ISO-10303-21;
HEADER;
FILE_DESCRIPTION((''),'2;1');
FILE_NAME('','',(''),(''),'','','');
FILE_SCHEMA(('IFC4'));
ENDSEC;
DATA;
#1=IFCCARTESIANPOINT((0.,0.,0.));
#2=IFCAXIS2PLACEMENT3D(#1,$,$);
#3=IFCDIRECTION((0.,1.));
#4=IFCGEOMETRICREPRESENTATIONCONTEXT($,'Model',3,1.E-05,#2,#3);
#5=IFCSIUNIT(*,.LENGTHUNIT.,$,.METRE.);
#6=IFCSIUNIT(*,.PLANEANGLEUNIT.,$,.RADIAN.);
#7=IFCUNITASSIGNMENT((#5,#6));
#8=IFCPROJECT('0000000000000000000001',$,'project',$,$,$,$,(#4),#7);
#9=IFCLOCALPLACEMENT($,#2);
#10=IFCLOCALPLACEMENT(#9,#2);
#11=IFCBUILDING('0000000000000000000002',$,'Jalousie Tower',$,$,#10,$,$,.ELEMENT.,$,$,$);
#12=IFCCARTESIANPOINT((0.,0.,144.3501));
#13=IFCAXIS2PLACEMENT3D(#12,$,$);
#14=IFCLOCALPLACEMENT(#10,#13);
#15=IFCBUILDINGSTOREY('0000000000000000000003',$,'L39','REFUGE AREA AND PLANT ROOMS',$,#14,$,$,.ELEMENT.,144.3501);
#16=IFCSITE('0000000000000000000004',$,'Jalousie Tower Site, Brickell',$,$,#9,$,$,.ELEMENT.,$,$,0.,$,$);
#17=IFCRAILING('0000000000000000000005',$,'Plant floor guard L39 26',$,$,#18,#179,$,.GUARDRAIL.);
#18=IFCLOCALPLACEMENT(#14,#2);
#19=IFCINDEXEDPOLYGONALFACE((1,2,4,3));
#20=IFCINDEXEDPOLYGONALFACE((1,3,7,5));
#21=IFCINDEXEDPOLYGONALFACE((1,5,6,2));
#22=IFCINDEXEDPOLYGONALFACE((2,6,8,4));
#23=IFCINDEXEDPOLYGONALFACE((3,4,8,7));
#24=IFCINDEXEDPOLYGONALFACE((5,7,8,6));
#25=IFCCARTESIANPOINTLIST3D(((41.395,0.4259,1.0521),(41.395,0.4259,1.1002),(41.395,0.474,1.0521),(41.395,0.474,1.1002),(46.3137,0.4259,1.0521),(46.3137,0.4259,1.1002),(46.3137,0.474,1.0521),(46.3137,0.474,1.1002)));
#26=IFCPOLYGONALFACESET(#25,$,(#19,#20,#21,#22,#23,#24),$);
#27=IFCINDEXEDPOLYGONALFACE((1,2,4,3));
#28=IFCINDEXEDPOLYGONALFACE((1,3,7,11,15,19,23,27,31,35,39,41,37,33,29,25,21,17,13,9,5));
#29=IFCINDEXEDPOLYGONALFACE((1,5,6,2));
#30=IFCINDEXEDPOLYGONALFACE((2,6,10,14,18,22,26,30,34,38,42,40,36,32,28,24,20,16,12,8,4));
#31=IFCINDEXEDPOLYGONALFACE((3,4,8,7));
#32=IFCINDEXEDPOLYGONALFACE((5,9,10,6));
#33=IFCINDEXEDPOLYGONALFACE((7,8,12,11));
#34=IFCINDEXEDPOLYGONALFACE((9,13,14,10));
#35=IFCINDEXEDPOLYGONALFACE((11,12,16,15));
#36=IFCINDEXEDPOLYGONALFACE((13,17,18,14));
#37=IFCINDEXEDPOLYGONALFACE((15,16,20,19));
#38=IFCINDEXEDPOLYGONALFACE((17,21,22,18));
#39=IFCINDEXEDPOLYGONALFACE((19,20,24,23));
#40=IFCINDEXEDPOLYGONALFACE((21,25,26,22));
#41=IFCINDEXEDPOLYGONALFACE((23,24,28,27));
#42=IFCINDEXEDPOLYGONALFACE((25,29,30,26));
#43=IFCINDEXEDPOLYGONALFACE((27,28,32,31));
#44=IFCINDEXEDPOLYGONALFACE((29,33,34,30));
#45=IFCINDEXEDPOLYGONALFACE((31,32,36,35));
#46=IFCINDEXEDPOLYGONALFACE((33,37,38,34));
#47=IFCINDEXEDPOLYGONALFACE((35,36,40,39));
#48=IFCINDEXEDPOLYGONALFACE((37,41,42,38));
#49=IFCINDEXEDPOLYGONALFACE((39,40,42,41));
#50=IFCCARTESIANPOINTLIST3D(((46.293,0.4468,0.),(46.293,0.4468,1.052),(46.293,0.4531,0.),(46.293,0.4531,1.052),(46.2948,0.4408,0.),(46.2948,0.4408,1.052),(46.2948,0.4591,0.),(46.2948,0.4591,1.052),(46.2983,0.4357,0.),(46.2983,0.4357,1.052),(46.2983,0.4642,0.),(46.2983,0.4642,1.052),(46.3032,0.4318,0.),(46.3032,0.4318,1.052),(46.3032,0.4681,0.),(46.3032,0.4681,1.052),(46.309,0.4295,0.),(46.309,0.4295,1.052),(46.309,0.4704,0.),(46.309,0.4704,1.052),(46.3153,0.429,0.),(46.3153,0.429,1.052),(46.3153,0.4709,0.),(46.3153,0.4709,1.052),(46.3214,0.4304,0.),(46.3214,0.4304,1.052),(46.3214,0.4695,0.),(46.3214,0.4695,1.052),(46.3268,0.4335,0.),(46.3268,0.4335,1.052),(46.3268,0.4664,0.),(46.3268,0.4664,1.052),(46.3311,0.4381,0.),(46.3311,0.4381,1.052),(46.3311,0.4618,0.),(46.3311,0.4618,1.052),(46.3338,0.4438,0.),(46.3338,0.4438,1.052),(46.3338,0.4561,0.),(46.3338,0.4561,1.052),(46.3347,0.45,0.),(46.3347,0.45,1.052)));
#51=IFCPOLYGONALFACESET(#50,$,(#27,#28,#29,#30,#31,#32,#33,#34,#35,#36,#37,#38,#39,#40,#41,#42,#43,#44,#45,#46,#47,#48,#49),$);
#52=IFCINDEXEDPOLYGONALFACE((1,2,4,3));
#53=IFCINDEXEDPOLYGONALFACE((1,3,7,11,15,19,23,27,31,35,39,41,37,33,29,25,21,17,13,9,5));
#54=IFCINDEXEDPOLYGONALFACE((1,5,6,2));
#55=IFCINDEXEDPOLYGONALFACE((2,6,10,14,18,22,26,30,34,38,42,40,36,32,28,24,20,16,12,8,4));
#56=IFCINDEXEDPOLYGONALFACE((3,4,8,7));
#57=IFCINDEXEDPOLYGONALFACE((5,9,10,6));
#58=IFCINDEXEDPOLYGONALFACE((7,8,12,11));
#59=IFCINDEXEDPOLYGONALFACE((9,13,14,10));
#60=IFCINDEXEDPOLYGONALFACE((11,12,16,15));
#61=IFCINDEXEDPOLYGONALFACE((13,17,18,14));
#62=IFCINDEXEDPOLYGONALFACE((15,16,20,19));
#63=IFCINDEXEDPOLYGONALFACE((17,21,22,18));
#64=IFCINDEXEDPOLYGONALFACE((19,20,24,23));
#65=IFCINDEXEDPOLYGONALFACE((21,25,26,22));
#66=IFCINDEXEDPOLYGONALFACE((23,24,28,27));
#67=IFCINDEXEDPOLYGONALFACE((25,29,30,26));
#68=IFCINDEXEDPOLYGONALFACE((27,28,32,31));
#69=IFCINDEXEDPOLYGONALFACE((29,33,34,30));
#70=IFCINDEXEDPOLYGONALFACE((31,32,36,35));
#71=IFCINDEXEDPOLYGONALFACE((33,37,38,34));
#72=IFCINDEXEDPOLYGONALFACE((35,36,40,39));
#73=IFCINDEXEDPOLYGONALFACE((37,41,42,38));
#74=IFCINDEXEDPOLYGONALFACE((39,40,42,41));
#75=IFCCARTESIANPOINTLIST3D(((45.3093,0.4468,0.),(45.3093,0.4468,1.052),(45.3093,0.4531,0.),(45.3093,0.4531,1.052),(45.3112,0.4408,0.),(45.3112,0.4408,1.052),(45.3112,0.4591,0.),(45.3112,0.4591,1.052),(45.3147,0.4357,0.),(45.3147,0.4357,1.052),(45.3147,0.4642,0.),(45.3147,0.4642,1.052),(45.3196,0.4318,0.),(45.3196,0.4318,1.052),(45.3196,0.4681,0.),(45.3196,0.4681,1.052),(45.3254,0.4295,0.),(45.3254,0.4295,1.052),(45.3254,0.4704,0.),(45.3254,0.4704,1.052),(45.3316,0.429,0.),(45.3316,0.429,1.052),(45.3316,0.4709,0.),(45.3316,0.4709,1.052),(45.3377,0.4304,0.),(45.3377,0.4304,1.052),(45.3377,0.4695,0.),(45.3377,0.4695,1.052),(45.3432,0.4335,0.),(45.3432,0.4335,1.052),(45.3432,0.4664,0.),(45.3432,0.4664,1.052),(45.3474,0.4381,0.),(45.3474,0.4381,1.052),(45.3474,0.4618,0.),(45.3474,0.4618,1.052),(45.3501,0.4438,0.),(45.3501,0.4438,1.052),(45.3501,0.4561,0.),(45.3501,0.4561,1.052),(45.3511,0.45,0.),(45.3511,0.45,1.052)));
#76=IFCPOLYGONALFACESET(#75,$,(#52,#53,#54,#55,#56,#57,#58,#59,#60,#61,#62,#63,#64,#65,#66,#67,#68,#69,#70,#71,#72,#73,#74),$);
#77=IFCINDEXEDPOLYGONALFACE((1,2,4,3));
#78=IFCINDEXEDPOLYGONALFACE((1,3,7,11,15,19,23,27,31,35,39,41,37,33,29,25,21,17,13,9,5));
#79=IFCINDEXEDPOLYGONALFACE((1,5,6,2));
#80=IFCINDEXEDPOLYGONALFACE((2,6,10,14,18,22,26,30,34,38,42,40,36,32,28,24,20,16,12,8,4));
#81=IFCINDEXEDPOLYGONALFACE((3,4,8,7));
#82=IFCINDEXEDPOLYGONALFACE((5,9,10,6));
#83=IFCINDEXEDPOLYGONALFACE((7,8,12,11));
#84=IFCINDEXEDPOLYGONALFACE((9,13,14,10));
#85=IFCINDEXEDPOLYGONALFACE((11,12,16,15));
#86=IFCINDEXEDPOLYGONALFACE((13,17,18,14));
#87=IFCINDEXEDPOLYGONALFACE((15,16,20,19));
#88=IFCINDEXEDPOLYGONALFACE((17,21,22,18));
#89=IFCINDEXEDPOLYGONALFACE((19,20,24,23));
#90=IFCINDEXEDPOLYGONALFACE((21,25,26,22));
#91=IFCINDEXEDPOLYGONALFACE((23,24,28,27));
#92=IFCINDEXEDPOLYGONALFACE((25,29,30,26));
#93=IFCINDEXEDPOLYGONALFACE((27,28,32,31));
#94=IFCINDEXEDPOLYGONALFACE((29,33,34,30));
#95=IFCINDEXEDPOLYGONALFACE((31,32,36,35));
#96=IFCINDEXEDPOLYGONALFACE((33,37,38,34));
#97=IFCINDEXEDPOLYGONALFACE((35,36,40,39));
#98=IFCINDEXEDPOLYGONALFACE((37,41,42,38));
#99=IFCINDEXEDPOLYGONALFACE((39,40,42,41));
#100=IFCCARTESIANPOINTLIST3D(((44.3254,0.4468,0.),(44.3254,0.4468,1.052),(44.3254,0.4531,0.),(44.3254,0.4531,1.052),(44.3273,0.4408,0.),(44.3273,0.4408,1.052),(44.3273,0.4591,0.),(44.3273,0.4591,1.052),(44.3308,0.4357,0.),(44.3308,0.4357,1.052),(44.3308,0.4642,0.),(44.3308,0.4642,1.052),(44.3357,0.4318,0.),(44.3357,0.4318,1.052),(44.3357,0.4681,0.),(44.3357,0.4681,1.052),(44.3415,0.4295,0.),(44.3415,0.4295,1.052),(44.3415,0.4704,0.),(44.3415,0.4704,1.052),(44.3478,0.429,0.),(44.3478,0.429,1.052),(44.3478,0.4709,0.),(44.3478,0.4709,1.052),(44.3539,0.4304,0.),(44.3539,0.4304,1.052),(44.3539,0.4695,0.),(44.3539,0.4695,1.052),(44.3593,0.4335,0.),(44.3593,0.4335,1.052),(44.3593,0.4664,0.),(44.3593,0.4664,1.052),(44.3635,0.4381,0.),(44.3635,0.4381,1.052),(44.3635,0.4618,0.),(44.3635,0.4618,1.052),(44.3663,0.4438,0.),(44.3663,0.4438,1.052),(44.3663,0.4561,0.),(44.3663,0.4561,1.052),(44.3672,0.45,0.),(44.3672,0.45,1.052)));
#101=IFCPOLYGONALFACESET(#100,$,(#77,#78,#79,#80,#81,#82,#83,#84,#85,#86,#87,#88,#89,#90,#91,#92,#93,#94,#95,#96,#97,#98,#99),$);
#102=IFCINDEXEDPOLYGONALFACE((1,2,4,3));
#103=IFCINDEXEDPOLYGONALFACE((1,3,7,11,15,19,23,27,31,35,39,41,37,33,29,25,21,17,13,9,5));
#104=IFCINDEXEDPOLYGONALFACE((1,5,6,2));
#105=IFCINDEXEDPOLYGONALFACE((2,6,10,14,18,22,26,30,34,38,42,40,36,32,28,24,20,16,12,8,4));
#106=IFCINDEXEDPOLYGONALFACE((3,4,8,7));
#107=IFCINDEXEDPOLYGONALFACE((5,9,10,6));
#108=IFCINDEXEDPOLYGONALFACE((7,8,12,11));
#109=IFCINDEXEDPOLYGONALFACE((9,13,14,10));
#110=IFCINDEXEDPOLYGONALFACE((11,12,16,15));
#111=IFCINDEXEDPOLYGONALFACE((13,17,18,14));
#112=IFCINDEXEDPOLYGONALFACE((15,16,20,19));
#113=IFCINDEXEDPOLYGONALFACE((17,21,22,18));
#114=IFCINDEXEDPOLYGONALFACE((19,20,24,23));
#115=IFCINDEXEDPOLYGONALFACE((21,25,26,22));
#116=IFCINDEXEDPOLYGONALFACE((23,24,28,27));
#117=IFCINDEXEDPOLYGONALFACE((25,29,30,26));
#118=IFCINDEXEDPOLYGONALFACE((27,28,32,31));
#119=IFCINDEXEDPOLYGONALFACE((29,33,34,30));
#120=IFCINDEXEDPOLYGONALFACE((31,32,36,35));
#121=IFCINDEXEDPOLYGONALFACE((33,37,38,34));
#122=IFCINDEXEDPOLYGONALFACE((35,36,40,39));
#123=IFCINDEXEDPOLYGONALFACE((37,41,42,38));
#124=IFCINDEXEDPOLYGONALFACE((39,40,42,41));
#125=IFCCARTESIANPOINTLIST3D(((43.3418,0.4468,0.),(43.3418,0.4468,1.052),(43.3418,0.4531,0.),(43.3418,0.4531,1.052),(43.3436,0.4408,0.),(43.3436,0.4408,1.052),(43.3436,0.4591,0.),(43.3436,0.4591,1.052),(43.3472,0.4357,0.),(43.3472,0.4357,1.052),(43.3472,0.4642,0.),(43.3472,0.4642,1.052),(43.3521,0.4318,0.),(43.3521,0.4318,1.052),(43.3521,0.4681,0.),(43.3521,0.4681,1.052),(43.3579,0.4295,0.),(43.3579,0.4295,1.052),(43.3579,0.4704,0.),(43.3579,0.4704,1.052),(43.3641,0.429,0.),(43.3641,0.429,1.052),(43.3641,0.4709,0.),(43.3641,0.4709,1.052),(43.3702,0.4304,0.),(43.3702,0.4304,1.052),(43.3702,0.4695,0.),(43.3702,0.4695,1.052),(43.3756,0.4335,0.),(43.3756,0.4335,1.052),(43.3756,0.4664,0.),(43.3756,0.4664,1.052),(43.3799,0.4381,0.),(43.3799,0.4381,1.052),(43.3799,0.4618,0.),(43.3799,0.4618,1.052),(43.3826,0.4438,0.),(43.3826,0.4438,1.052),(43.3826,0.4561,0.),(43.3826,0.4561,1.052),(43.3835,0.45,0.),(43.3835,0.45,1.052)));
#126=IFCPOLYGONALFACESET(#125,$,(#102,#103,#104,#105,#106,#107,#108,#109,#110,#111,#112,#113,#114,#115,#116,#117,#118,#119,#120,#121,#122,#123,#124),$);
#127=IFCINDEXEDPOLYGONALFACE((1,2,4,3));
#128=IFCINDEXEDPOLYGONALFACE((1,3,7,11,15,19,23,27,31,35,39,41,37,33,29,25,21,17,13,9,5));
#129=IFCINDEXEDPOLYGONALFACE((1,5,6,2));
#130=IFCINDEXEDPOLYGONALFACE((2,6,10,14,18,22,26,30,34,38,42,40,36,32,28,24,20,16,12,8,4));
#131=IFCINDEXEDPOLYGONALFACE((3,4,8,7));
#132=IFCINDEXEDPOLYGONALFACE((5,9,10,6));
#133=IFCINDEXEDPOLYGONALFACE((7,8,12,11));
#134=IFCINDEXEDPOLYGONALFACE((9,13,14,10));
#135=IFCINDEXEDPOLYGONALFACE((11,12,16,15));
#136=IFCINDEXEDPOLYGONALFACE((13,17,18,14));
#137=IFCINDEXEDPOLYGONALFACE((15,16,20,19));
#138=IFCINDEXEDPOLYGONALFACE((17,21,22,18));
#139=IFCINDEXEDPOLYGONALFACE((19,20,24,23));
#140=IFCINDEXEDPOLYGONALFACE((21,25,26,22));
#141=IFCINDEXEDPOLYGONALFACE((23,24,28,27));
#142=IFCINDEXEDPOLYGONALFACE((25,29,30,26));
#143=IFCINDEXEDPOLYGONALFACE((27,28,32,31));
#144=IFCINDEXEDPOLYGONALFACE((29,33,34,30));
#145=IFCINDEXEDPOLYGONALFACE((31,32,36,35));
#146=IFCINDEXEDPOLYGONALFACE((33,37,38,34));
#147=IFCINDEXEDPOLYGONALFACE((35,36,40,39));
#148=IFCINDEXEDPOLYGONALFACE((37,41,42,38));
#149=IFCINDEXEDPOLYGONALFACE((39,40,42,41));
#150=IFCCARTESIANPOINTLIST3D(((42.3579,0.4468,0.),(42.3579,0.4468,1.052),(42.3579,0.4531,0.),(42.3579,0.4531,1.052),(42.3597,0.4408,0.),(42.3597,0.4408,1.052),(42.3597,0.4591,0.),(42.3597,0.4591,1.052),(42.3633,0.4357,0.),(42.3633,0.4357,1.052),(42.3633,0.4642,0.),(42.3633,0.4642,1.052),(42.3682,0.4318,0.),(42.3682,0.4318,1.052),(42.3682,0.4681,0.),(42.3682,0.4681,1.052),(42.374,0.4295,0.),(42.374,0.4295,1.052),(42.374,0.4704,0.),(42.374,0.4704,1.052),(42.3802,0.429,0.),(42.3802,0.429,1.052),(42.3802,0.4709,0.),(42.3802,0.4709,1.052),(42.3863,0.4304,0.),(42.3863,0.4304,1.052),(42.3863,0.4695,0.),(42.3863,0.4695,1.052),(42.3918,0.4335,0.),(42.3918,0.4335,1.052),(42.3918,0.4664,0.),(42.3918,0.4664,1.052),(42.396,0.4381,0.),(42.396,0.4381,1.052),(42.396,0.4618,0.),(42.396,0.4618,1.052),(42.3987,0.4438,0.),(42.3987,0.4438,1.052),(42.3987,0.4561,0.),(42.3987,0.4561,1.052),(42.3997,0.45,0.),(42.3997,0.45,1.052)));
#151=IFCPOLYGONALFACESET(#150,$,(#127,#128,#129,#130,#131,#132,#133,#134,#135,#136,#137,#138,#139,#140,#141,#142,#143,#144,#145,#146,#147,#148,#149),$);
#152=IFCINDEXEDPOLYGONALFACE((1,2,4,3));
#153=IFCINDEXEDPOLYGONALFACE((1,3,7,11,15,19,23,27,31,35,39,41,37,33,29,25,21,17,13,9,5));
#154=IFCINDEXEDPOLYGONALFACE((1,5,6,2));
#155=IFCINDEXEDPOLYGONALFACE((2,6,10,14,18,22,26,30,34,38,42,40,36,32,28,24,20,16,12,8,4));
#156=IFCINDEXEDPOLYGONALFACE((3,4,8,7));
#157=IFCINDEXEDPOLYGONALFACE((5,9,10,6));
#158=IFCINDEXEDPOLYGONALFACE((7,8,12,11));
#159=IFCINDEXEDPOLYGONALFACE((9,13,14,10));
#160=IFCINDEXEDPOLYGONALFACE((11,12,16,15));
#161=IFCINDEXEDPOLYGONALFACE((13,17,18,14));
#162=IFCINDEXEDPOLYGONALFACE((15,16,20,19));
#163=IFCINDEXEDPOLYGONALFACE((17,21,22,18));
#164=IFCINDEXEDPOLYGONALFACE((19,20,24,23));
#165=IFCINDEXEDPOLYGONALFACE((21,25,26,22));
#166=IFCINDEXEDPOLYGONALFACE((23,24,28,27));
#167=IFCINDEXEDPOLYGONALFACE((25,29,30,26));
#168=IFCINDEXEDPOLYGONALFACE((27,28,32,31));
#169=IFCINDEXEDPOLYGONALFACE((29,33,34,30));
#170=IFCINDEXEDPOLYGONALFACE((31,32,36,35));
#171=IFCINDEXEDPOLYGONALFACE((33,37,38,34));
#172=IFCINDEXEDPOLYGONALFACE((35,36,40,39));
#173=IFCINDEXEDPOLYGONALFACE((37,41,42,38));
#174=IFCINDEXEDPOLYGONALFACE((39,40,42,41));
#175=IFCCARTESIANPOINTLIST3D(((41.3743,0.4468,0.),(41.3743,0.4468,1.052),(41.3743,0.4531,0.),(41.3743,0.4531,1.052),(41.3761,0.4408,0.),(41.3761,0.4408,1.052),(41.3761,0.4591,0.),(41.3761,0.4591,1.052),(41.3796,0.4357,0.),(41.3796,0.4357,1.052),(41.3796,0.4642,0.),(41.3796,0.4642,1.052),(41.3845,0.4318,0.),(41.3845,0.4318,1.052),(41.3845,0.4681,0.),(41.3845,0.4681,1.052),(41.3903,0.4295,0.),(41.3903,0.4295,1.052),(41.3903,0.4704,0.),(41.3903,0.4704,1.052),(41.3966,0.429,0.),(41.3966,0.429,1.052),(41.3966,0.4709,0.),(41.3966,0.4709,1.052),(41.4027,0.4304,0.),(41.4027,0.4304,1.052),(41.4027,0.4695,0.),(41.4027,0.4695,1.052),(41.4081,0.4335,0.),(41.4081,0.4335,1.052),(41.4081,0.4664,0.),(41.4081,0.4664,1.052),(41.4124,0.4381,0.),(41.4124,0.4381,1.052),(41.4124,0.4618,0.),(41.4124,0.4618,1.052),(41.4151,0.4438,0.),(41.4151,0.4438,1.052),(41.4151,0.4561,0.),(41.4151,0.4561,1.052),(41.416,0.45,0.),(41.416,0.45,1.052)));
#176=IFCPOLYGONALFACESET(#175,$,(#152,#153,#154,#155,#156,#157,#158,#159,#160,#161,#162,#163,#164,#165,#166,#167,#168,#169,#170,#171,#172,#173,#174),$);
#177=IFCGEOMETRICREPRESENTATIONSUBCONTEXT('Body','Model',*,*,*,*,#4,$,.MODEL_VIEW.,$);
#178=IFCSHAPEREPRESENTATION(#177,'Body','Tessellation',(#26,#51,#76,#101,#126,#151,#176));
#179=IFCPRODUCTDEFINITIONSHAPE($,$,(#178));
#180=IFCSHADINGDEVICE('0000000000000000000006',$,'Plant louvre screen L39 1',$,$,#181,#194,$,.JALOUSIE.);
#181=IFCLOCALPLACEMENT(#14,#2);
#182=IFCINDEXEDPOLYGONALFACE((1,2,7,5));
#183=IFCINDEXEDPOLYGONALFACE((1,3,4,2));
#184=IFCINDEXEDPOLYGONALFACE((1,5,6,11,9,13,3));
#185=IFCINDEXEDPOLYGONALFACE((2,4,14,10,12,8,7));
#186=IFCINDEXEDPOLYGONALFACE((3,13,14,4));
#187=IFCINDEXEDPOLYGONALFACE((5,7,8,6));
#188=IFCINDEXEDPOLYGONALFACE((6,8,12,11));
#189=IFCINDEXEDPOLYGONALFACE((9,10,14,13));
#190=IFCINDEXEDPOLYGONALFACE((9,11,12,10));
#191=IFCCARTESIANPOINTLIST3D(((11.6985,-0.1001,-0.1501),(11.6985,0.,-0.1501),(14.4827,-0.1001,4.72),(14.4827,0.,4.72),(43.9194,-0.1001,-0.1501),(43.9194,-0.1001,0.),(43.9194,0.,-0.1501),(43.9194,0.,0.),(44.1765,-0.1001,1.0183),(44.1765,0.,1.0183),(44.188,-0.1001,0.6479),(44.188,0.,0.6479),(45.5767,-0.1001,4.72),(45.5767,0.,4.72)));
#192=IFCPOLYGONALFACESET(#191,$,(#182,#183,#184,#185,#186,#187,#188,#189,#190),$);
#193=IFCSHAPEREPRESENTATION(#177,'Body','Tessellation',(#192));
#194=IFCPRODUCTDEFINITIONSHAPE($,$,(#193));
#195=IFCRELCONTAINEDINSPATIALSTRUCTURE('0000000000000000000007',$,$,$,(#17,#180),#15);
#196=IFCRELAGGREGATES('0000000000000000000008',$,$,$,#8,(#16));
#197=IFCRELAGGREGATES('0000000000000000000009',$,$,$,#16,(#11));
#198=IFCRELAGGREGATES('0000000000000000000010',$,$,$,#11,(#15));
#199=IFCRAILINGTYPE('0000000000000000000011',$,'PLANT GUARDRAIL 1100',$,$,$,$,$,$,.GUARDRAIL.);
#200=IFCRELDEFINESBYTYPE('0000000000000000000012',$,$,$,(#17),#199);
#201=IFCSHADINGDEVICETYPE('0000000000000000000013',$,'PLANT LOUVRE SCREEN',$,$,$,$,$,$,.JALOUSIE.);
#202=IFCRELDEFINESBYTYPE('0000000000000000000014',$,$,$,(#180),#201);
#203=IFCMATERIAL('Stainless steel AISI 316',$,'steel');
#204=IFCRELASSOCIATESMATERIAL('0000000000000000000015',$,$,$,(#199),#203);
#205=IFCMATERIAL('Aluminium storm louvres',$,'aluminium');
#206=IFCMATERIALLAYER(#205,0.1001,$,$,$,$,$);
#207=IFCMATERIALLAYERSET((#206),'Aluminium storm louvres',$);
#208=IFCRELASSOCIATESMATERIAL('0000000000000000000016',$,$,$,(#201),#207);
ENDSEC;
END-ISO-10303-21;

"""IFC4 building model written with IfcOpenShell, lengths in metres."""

from ifc_helpers import new_model, si_unit, direction, frame, origin, origin_2d, place, context, subcontext, project, spatial, polyline, rectangle, circle, outline, extrude, material, layer, layer_set, type_object, element, save


model = new_model("IFC4")

# Units and contexts
model_context = context("Model", 3, precision=1e-05, world=origin(), true_north=direction((0.0, 1.0)))
body_context = subcontext(model_context, "Body", "Model", "MODEL_VIEW")
ifc_project = project(units=[si_unit("LENGTHUNIT", "METRE"), si_unit("PLANEANGLEUNIT", "RADIAN")], contexts=[model_context])

# Site, building, storey
site_placement = place(None, origin())
site = spatial("IfcSite", under=ifc_project, at=site_placement, Name="Jalousie Tower Site, Brickell", CompositionType="ELEMENT", RefElevation=0.0)
building_placement = place(site_placement, origin())
building = spatial("IfcBuilding", under=site, at=building_placement, Name="Jalousie Tower", CompositionType="ELEMENT")
storey_placement = place(building_placement, frame((0.0, 0.0, 144.3501)))
storey = spatial("IfcBuildingStorey", under=building, at=storey_placement, Name="L39", Description="REFUGE AREA AND PLANT ROOMS", CompositionType="ELEMENT", Elevation=144.3501)

# Railing
ifc_material_1 = material(Name="Stainless steel AISI 316", Category="steel")
railing_type = type_object("IfcRailingType", Name="PLANT GUARDRAIL 1100", PredefinedType="GUARDRAIL", material=ifc_material_1)
railing_1_placement = place(storey_placement, frame((46.3137, 0.45, 0.0)))
element("IfcRailing", 1, at=railing_1_placement, inside=storey, type_object=railing_type, Name="Plant floor guard L39 26", PredefinedType="GUARDRAIL", context=body_context, shape_type="SweptSolid", body=[
    extrude(rectangle(XDim=0.0481, YDim=0.0481, at=origin_2d()), frame((0.0, 0.0, 1.0762), z_axis=(-1.0, 0.0, 0.0), x_axis=(0.0, -1.0, 0.0)), (0.0, 0.0, 1.0), 4.9187),
    extrude(circle(Radius=0.021, at=origin_2d()), origin(), (0.0, 0.0, 1.0), 1.052),
    extrude(circle(Radius=0.021, at=origin_2d()), frame((-0.9836, 0.0, 0.0)), (0.0, 0.0, 1.0), 1.052),
    extrude(circle(Radius=0.021, at=origin_2d()), frame((-1.9675, 0.0, 0.0)), (0.0, 0.0, 1.0), 1.052),
    extrude(circle(Radius=0.021, at=origin_2d()), frame((-2.9512, 0.0, 0.0)), (0.0, 0.0, 1.0), 1.052),
    extrude(circle(Radius=0.021, at=origin_2d()), frame((-3.9351, 0.0, 0.0)), (0.0, 0.0, 1.0), 1.052),
    extrude(circle(Radius=0.021, at=origin_2d()), frame((-4.9187, 0.0, 0.0)), (0.0, 0.0, 1.0), 1.052),
])

# Shading device
ifc_material_2 = material(Name="Aluminium storm louvres", Category="aluminium")
ifc_layer_1 = layer(ifc_material_2, 0.1001)
ifc_layer_set_1 = layer_set([ifc_layer_1], Name="Aluminium storm louvres")
shading_device_type = type_object("IfcShadingDeviceType", Name="PLANT LOUVRE SCREEN", PredefinedType="JALOUSIE", material=ifc_layer_set_1)
shading_device_1_placement = place(storey_placement, frame((45.5767, -0.1001, 4.72), z_axis=(0.0, -1.0, 0.0), x_axis=(-1.0, 0.0, 0.0)))
element("IfcShadingDevice", 2, at=shading_device_1_placement, inside=storey, type_object=shading_device_type, Name="Plant louvre screen L39 1", PredefinedType="JALOUSIE", context=body_context, shape_type="SweptSolid", body=[
    extrude(outline(polyline([(0.0, 0.0), (31.094, 0.0), (33.8782, 4.8701), (1.6572, 4.8701), (1.6572, 4.72), (1.3887, 4.072), (1.4001, 3.7017), (0.0, 0.0)])), origin(), (0.0, 0.0, -1.0), 0.1001),
])

save(model, "model.ifc")
